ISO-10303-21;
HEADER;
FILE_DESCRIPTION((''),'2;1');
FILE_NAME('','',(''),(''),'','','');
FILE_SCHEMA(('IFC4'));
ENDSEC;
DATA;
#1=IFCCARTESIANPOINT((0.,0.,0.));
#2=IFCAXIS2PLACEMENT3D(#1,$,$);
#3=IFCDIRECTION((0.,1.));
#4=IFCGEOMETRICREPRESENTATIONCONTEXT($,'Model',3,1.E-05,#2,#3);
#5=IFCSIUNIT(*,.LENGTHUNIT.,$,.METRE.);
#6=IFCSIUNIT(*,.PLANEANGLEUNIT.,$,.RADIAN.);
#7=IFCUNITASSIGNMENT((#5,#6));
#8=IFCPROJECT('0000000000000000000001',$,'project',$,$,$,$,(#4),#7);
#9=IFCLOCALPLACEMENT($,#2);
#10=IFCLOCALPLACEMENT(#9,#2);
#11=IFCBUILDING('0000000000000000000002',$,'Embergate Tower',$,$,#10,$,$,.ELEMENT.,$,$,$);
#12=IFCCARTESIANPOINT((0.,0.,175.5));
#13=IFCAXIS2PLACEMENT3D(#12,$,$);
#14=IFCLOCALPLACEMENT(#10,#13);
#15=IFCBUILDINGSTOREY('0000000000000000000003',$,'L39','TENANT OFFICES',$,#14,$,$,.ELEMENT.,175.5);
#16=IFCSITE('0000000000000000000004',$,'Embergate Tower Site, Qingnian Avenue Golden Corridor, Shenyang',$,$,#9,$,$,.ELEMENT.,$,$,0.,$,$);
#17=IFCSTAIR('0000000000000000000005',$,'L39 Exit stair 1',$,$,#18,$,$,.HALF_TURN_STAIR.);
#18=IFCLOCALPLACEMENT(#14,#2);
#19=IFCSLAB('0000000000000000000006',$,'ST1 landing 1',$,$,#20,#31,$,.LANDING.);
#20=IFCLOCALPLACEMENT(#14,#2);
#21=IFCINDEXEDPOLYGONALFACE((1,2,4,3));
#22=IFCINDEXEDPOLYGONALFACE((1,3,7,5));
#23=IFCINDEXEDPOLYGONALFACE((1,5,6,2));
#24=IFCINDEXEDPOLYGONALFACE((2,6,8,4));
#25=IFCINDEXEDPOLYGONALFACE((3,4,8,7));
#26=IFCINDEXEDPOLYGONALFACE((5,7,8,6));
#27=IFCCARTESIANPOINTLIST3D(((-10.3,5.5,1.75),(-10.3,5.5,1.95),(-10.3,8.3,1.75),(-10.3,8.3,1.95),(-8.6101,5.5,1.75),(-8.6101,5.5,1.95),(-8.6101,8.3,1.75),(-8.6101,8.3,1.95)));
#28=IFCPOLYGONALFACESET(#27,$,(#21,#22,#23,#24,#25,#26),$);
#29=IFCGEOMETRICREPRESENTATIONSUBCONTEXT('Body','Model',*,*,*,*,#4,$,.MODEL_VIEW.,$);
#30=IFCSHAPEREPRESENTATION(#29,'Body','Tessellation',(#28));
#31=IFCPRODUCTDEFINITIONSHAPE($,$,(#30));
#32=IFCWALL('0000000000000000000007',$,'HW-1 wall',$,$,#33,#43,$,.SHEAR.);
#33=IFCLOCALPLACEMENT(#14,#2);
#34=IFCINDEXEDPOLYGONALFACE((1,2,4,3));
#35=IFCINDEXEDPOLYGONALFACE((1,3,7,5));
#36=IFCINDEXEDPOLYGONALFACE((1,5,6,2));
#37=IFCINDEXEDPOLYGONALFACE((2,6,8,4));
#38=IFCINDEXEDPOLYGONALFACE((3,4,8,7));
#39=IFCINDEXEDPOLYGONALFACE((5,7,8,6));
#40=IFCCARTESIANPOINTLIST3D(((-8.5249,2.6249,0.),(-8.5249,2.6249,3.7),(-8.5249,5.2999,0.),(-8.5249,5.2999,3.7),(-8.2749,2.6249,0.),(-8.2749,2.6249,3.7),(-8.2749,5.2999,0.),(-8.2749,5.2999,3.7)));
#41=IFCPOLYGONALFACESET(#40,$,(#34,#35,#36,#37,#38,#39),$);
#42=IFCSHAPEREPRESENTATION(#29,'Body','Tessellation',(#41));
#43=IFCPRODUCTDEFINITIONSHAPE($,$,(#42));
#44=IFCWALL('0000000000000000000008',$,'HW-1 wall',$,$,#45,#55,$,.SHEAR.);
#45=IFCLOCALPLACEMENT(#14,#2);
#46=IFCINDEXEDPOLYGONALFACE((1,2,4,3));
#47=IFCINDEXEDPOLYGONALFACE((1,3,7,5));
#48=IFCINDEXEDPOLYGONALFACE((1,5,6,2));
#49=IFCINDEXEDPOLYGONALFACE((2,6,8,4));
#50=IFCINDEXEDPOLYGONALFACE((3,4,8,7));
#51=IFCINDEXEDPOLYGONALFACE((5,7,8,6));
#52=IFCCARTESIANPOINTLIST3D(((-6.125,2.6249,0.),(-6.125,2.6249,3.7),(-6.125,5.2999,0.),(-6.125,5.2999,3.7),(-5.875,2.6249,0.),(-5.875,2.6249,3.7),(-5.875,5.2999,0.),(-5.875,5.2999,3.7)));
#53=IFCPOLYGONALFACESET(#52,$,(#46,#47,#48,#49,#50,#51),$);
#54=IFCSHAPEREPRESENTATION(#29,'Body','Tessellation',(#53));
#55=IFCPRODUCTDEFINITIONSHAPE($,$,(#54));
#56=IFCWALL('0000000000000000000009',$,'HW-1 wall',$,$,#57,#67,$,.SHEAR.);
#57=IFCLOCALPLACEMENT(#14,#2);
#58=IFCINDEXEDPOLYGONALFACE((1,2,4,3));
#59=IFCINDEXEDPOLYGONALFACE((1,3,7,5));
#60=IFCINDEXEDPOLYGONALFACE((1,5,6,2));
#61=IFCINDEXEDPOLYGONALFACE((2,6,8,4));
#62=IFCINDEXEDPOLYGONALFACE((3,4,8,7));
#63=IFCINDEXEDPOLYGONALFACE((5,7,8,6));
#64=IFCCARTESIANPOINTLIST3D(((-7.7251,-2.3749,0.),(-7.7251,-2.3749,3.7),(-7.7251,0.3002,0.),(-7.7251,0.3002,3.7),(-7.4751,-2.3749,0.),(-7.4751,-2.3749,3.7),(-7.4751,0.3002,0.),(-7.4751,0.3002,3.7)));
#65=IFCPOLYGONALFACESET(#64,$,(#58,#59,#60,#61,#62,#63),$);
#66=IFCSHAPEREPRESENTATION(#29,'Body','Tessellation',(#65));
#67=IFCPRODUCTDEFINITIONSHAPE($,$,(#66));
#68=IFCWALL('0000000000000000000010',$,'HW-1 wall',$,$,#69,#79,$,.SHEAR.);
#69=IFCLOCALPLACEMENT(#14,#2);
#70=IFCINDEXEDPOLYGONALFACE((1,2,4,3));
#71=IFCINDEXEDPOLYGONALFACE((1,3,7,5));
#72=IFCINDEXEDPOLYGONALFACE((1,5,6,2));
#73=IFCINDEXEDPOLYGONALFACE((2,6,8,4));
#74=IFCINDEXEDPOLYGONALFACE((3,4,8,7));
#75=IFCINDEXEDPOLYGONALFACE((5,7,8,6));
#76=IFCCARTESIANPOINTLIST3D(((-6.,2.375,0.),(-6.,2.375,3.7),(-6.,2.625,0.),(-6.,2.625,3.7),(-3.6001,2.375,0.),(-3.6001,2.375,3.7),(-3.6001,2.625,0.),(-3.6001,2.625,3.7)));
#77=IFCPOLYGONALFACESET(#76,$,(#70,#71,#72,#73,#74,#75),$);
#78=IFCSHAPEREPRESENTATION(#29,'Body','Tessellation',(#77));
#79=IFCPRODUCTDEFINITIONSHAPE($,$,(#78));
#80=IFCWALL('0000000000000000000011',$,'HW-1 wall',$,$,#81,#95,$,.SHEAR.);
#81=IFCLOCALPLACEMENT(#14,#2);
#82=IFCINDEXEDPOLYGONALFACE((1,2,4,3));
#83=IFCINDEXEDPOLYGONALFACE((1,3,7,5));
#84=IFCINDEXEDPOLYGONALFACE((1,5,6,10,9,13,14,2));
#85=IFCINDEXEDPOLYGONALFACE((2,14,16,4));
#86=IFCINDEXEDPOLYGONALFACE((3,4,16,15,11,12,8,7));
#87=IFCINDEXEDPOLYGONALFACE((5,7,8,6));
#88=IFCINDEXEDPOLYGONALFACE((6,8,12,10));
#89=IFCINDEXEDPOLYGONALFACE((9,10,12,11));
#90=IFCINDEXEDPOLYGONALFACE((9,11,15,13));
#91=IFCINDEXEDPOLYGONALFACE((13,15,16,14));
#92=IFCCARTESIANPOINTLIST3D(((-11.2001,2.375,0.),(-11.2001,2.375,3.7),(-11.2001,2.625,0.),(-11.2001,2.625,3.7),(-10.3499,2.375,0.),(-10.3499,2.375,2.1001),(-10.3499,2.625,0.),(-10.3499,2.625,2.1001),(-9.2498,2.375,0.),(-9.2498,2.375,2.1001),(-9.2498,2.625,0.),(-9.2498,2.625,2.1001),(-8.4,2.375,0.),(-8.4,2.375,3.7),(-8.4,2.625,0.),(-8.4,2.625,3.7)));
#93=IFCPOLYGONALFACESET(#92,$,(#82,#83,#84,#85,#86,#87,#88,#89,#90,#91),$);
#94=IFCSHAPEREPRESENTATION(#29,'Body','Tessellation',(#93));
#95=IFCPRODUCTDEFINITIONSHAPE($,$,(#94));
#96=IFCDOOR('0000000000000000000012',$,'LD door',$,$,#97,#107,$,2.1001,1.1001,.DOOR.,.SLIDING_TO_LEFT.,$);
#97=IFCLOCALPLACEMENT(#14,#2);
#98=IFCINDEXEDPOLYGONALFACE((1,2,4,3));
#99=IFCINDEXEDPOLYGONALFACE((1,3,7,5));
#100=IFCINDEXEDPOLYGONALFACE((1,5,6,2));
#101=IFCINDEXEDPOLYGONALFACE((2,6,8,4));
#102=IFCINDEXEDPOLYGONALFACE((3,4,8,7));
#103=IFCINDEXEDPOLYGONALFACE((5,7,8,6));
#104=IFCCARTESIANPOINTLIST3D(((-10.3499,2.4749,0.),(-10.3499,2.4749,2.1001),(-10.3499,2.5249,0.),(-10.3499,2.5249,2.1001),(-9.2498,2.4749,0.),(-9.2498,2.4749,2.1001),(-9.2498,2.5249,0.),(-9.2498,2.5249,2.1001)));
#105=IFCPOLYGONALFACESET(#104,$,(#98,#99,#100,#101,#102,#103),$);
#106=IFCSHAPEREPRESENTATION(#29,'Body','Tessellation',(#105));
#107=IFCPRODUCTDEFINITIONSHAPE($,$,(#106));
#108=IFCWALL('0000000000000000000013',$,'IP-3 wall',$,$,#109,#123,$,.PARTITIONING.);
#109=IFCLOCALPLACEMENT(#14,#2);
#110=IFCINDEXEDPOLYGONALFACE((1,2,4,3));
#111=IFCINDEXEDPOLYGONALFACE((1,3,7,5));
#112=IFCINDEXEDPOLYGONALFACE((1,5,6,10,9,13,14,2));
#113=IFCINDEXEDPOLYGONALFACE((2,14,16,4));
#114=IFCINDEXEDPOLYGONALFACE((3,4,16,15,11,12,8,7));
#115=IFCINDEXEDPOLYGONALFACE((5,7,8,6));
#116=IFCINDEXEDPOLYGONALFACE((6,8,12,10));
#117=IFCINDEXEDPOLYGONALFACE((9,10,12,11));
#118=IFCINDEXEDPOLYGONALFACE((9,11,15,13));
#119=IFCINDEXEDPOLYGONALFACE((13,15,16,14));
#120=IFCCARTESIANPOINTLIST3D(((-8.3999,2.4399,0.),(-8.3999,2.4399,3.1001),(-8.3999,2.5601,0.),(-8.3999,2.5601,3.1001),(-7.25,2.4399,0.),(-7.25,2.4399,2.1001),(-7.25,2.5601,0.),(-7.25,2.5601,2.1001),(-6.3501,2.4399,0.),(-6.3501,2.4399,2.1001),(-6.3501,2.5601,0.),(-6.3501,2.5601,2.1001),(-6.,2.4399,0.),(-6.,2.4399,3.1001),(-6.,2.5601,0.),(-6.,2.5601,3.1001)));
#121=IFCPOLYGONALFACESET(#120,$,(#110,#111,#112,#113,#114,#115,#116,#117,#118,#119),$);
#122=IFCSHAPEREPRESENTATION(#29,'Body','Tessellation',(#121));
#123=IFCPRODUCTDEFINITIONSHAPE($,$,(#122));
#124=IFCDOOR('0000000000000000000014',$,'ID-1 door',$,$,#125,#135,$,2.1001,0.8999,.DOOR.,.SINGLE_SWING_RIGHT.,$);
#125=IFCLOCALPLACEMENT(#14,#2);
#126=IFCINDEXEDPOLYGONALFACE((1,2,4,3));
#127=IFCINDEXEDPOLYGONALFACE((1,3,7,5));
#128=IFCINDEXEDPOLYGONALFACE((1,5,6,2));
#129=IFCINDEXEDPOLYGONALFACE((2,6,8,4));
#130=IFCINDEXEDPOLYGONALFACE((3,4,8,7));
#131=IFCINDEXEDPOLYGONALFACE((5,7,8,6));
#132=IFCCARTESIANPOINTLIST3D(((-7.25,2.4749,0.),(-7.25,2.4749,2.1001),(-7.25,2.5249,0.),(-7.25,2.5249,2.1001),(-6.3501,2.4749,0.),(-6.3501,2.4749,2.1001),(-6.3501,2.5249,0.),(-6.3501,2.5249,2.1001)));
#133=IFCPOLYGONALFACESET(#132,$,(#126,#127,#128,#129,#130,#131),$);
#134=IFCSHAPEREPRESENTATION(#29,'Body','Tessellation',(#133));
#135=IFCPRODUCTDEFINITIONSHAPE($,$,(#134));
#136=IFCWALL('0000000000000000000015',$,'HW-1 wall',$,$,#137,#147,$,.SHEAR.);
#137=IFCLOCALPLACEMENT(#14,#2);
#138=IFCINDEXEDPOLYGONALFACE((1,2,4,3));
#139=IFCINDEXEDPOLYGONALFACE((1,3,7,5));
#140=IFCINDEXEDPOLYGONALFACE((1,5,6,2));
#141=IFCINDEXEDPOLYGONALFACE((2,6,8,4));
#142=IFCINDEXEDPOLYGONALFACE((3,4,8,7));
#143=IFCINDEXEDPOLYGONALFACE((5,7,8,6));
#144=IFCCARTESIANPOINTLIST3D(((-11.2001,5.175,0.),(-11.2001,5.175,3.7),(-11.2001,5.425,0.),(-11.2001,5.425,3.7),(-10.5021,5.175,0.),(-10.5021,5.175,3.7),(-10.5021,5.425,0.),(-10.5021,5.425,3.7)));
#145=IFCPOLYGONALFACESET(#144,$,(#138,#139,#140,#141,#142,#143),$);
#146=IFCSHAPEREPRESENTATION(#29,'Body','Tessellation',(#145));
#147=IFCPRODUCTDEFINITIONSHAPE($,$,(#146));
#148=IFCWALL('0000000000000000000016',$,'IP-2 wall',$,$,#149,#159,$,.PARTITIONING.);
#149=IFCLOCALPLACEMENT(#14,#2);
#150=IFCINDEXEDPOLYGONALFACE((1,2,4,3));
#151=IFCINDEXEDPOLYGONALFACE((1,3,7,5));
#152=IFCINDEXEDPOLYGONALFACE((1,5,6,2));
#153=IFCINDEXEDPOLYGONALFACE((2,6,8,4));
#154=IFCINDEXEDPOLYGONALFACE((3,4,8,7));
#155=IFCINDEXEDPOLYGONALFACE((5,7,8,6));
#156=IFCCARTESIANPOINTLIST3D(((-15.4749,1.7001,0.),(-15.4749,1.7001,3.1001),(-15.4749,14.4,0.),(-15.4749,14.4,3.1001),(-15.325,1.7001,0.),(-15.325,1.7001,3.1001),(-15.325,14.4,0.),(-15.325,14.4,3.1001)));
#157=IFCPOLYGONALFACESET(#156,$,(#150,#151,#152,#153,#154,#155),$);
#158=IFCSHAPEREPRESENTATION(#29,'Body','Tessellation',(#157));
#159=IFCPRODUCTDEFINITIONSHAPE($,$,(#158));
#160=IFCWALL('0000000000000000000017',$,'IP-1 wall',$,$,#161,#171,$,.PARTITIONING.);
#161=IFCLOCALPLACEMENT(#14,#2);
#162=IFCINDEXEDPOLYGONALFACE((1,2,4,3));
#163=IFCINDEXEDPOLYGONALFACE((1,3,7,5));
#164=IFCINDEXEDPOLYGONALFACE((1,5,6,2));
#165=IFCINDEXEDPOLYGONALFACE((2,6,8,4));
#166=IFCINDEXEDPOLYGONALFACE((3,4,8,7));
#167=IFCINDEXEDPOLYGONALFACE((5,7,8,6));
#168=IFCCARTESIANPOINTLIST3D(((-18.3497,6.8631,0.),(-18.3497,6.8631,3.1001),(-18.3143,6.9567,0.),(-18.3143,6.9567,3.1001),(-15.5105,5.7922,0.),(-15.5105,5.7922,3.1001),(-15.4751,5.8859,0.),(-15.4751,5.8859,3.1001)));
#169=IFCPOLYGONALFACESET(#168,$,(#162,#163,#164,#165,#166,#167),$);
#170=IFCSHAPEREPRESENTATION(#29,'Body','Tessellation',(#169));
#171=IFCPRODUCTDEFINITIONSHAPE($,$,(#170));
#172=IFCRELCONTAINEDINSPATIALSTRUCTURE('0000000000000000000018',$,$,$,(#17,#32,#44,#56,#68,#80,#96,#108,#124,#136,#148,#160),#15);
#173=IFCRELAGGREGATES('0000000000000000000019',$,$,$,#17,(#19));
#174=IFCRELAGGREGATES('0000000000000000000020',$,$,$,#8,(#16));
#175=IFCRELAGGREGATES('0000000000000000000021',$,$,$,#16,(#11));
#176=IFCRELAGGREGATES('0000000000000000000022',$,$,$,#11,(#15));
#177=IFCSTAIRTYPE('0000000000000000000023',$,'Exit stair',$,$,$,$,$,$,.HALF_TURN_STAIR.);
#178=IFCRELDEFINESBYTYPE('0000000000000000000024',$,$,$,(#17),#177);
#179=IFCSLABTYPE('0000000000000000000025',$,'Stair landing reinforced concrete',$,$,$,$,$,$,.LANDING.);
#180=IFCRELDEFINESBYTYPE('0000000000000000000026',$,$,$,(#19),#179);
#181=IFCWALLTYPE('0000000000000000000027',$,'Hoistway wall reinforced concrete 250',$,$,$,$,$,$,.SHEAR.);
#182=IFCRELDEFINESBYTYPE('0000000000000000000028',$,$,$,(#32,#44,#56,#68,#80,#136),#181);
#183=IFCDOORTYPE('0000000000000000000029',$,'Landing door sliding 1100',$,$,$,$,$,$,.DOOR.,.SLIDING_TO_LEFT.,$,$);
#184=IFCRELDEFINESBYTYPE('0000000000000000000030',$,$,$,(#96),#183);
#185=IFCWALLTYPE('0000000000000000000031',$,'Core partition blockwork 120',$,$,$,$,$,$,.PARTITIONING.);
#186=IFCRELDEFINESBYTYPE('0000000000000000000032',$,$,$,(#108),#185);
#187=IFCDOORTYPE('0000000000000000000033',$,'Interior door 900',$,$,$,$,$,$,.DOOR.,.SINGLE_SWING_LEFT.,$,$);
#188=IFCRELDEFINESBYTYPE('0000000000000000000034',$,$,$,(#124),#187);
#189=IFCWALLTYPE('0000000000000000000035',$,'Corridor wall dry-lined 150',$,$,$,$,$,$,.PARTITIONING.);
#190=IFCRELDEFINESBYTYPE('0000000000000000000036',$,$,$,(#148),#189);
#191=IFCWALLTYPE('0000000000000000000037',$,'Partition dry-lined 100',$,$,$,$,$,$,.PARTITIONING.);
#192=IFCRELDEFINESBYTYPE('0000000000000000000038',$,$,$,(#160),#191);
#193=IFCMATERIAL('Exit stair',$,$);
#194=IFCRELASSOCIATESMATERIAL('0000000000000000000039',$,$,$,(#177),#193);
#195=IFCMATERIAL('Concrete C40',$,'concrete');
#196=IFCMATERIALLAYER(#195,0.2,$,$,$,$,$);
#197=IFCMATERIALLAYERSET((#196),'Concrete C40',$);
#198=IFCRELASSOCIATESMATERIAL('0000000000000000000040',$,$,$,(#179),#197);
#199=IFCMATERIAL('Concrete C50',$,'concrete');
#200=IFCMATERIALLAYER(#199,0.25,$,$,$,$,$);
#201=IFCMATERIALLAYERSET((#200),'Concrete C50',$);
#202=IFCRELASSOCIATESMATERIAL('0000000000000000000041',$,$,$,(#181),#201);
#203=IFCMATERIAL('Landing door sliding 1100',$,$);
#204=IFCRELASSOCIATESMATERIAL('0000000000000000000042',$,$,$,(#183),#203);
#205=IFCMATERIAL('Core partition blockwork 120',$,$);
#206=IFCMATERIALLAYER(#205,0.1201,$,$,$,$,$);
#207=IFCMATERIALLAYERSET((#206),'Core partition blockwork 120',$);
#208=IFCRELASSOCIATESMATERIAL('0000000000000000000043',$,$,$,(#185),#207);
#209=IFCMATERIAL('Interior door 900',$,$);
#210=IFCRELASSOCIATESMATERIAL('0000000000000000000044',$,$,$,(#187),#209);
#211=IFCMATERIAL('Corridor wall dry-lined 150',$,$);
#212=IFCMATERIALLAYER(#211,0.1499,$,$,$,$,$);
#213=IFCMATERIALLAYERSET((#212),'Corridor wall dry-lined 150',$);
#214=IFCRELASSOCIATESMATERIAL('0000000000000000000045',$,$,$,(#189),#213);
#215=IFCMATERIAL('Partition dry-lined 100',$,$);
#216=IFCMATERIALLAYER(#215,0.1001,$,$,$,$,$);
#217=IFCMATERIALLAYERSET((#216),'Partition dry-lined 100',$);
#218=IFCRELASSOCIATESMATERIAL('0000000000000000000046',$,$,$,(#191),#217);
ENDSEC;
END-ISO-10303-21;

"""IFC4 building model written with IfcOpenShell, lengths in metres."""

from ifc_helpers import new_model, si_unit, direction, frame, frame_2d, origin, place, context, subcontext, project, spatial, polyline, rectangle, outline, extrude, source, transform, mapped, material, layer, layer_set, type_object, element, fill, aggregate, save


model = new_model("IFC4")

# Units and contexts
model_context = context("Model", 3, precision=1e-05, world=origin(), true_north=direction((0.0, 1.0)))
body_context = subcontext(model_context, "Body", "Model", "MODEL_VIEW")
ifc_project = project(units=[si_unit("LENGTHUNIT", "METRE"), si_unit("PLANEANGLEUNIT", "RADIAN")], contexts=[model_context])

# Site, building, storey
site_placement = place(None, origin())
site = spatial("IfcSite", under=ifc_project, at=site_placement, Name="Embergate Tower Site, Qingnian Avenue Golden Corridor, Shenyang", CompositionType="ELEMENT", RefElevation=0.0)
building_placement = place(site_placement, origin())
building = spatial("IfcBuilding", under=site, at=building_placement, Name="Embergate Tower", CompositionType="ELEMENT")
storey_placement = place(building_placement, frame((0.0, 0.0, 175.5)))
storey = spatial("IfcBuildingStorey", under=building, at=storey_placement, Name="L39", Description="TENANT OFFICES", CompositionType="ELEMENT", Elevation=175.5)

# Stair, slab
ifc_material_1 = material(Name="Exit stair")
stair_type = type_object("IfcStairType", Name="Exit stair", PredefinedType="HALF_TURN_STAIR", material=ifc_material_1)
stair_placement = place(storey_placement, origin())
stair = element("IfcStair", 1, at=stair_placement, inside=storey, type_object=stair_type, Name="L39 Exit stair 1", PredefinedType="HALF_TURN_STAIR")
ifc_material_2 = material(Name="Concrete C40", Category="concrete")
ifc_layer_1 = layer(ifc_material_2, 0.2)
ifc_layer_set_1 = layer_set([ifc_layer_1], Name="Concrete C40")
slab_type = type_object("IfcSlabType", Name="Stair landing reinforced concrete", PredefinedType="LANDING", material=ifc_layer_set_1)
shared_shape_1 = source(origin(), body_context, "Body", "SweptSolid", [
    extrude(outline(polyline([(0.0, 0.0), (1.6899, 0.0), (1.6899, 2.8), (0.0, 2.8), (0.0, 0.0)])), origin(), (0.0, 0.0, 1.0), 0.2),
])
slab_placement = place(storey_placement, frame((-10.3, 5.5, 1.75)))
slab = element("IfcSlab", 2, at=slab_placement, type_object=slab_type, Name="ST1 landing 1", PredefinedType="LANDING", context=body_context, shape_type="MappedRepresentation", body=[
    mapped(shared_shape_1, transform((0.0, 0.0, 0.0))),
])

# Walls
ifc_material_3 = material(Name="Concrete C50", Category="concrete")
ifc_layer_2 = layer(ifc_material_3, 0.25)
ifc_layer_set_2 = layer_set([ifc_layer_2], Name="Concrete C50")
wall_type_1 = type_object("IfcWallType", Name="Hoistway wall reinforced concrete 250", PredefinedType="SHEAR", material=ifc_layer_set_2)
shared_shape_2 = source(origin(), body_context, "Body", "SweptSolid", [
    extrude(rectangle(XDim=2.675, YDim=0.25, at=frame_2d((1.3374, 0.0))), origin(), (0.0, 0.0, 1.0), 3.7),
])
for number, where, z_axis, x_axis, name in (
    (3, (-8.3999, 2.625, 0.0), (0.0, 0.0, 1.0), (0.0, 1.0, 0.0), "HW-1 wall"),
    (4, (-6.0, 2.625, 0.0), (0.0, 0.0, 1.0), (0.0, 1.0, 0.0), "HW-1 wall"),
    (5, (-7.6001, 0.3, 0.0), (0.0, 0.0, 1.0), (0.0, -1.0, 0.0), "HW-1 wall"),
):
    element("IfcWall", number, at=place(storey_placement, frame(where, z_axis=z_axis, x_axis=x_axis)), inside=storey, type_object=wall_type_1, Name=name, PredefinedType="SHEAR", context=body_context, shape_type="MappedRepresentation", body=[
        mapped(shared_shape_2, transform((0.0, 0.0, 0.0))),
    ])
shared_shape_3 = source(origin(), body_context, "Body", "SweptSolid", [
    extrude(rectangle(XDim=2.3999, YDim=0.25, at=frame_2d((1.2, 0.0))), origin(), (0.0, 0.0, 1.0), 3.7),
])
wall_1_placement = place(storey_placement, frame((-6.0, 2.5, 0.0), z_axis=(0.0, 0.0, 1.0), x_axis=(1.0, 0.0, 0.0)))
element("IfcWall", 6, at=wall_1_placement, inside=storey, type_object=wall_type_1, Name="HW-1 wall", PredefinedType="SHEAR", context=body_context, shape_type="MappedRepresentation", body=[
    mapped(shared_shape_3, transform((0.0, 0.0, 0.0))),
])

# Walls, openings, doors
shared_shape_4 = source(origin(), body_context, "Body", "SweptSolid", [
    extrude(rectangle(XDim=2.8, YDim=0.25, at=frame_2d((1.3999, 0.0))), origin(), (0.0, 0.0, 1.0), 3.7),
])
wall_2_placement = place(storey_placement, frame((-11.2, 2.5, 0.0), z_axis=(0.0, 0.0, 1.0), x_axis=(1.0, 0.0, 0.0)))
wall_2 = element("IfcWall", 7, at=wall_2_placement, inside=storey, type_object=wall_type_1, Name="HW-1 wall", PredefinedType="SHEAR", context=body_context, shape_type="MappedRepresentation", body=[
    mapped(shared_shape_4, transform((0.0, 0.0, 0.0))),
])
shared_shape_5 = source(origin(), body_context, "Body", "SweptSolid", [
    extrude(rectangle(XDim=1.1001, YDim=2.1001, at=frame_2d((0.55, 1.05))), frame((0.0, 0.135, 0.0), z_axis=(0.0, -1.0, 0.0), x_axis=(1.0, 0.0, 0.0)), (0.0, 0.0, 1.0), 0.27),
])
opening_1_placement = place(wall_2_placement, frame((0.8501, 0.0, 0.0)))
opening_1 = element("IfcOpeningElement", 8, at=opening_1_placement, cuts=wall_2, PredefinedType="OPENING", context=body_context, shape_type="MappedRepresentation", body=[
    mapped(shared_shape_5, transform((0.0, 0.0, 0.0))),
])
ifc_material_4 = material(Name="Landing door sliding 1100")
door_type_1 = type_object("IfcDoorType", Name="Landing door sliding 1100", OperationType="SLIDING_TO_LEFT", PredefinedType="DOOR", material=ifc_material_4)
shared_shape_6 = source(origin(), body_context, "Body", "SweptSolid", [
    extrude(rectangle(XDim=1.1001, YDim=2.1001, at=frame_2d((0.55, 1.05))), frame((0.0, 0.0249, 0.0), z_axis=(0.0, -1.0, 0.0), x_axis=(1.0, 0.0, 0.0)), (0.0, 0.0, 1.0), 0.05),
])
door_1_placement = place(opening_1_placement, origin())
door_1 = element("IfcDoor", 9, at=door_1_placement, inside=storey, type_object=door_type_1, Name="LD door", OperationType="SLIDING_TO_LEFT", OverallHeight=2.1001, OverallWidth=1.1001, PredefinedType="DOOR", context=body_context, shape_type="MappedRepresentation", body=[
    mapped(shared_shape_6, transform((0.0, 0.0, 0.0))),
])
fill(opening_1, door_1)
ifc_material_5 = material(Name="Core partition blockwork 120")
ifc_layer_3 = layer(ifc_material_5, 0.1201)
ifc_layer_set_3 = layer_set([ifc_layer_3], Name="Core partition blockwork 120")
wall_type_2 = type_object("IfcWallType", Name="Core partition blockwork 120", PredefinedType="PARTITIONING", material=ifc_layer_set_3)
shared_shape_7 = source(origin(), body_context, "Body", "SweptSolid", [
    extrude(rectangle(XDim=2.3999, YDim=0.1201, at=frame_2d((1.2, 0.0))), origin(), (0.0, 0.0, 1.0), 3.1001),
])
wall_3_placement = place(storey_placement, frame((-8.3999, 2.5, 0.0), z_axis=(0.0, 0.0, 1.0), x_axis=(1.0, 0.0, 0.0)))
wall_3 = element("IfcWall", 10, at=wall_3_placement, inside=storey, type_object=wall_type_2, Name="IP-3 wall", PredefinedType="PARTITIONING", context=body_context, shape_type="MappedRepresentation", body=[
    mapped(shared_shape_7, transform((0.0, 0.0, 0.0))),
])
shared_shape_8 = source(origin(), body_context, "Body", "SweptSolid", [
    extrude(rectangle(XDim=0.8999, YDim=2.1001, at=frame_2d((0.45, 1.05))), frame((0.0, 0.0701, 0.0), z_axis=(0.0, -1.0, 0.0), x_axis=(1.0, 0.0, 0.0)), (0.0, 0.0, 1.0), 0.1401),
])
opening_2_placement = place(wall_3_placement, frame((1.1499, 0.0, 0.0)))
opening_2 = element("IfcOpeningElement", 11, at=opening_2_placement, cuts=wall_3, PredefinedType="OPENING", context=body_context, shape_type="MappedRepresentation", body=[
    mapped(shared_shape_8, transform((0.0, 0.0, 0.0))),
])
ifc_material_6 = material(Name="Interior door 900")
door_type_2 = type_object("IfcDoorType", Name="Interior door 900", OperationType="SINGLE_SWING_LEFT", PredefinedType="DOOR", material=ifc_material_6)
shared_shape_9 = source(origin(), body_context, "Body", "SweptSolid", [
    extrude(rectangle(XDim=0.8999, YDim=2.1001, at=frame_2d((0.45, 1.05))), frame((0.0, 0.0249, 0.0), z_axis=(0.0, -1.0, 0.0), x_axis=(1.0, 0.0, 0.0)), (0.0, 0.0, 1.0), 0.05),
])
door_2_placement = place(opening_2_placement, origin())
door_2 = element("IfcDoor", 12, at=door_2_placement, inside=storey, type_object=door_type_2, Name="ID-1 door", OperationType="SINGLE_SWING_RIGHT", OverallHeight=2.1001, OverallWidth=0.8999, PredefinedType="DOOR", context=body_context, shape_type="MappedRepresentation", body=[
    mapped(shared_shape_9, transform((0.0, 0.0, 0.0))),
])
fill(opening_2, door_2)

# Walls
shared_shape_10 = source(origin(), body_context, "Body", "SweptSolid", [
    extrude(rectangle(XDim=0.698, YDim=0.25, at=frame_2d((0.3491, 0.0))), origin(), (0.0, 0.0, 1.0), 3.7),
])
wall_4_placement = place(storey_placement, frame((-10.502, 5.3, 0.0), z_axis=(0.0, 0.0, 1.0), x_axis=(-1.0, 0.0, 0.0)))
element("IfcWall", 13, at=wall_4_placement, inside=storey, type_object=wall_type_1, Name="HW-1 wall", PredefinedType="SHEAR", context=body_context, shape_type="MappedRepresentation", body=[
    mapped(shared_shape_10, transform((0.0, 0.0, 0.0))),
])
ifc_material_7 = material(Name="Corridor wall dry-lined 150")
ifc_layer_4 = layer(ifc_material_7, 0.1499)
ifc_layer_set_4 = layer_set([ifc_layer_4], Name="Corridor wall dry-lined 150")
wall_type_3 = type_object("IfcWallType", Name="Corridor wall dry-lined 150", PredefinedType="PARTITIONING", material=ifc_layer_set_4)
shared_shape_11 = source(origin(), body_context, "Body", "SweptSolid", [
    extrude(rectangle(XDim=12.7, YDim=0.1499, at=frame_2d((6.3501, 0.0))), origin(), (0.0, 0.0, 1.0), 3.1001),
])
wall_5_placement = place(storey_placement, frame((-15.3999, 1.7, 0.0), z_axis=(0.0, 0.0, 1.0), x_axis=(0.0, 1.0, 0.0)))
element("IfcWall", 14, at=wall_5_placement, inside=storey, type_object=wall_type_3, Name="IP-2 wall", PredefinedType="PARTITIONING", context=body_context, shape_type="MappedRepresentation", body=[
    mapped(shared_shape_11, transform((0.0, 0.0, 0.0))),
])
ifc_material_8 = material(Name="Partition dry-lined 100")
ifc_layer_5 = layer(ifc_material_8, 0.1001)
ifc_layer_set_5 = layer_set([ifc_layer_5], Name="Partition dry-lined 100")
wall_type_4 = type_object("IfcWallType", Name="Partition dry-lined 100", PredefinedType="PARTITIONING", material=ifc_layer_set_5)
shared_shape_12 = source(origin(), body_context, "Body", "SweptSolid", [
    extrude(rectangle(XDim=3.0344, YDim=0.1001, at=frame_2d((1.5171, 0.0))), origin(), (0.0, 0.0, 1.0), 3.1001),
])
wall_6_placement = place(storey_placement, frame((-15.4929, 5.8391, 0.0), z_axis=(0.0, 0.0, 1.0), x_axis=(-0.935663, 0.352895, 0.0)))
element("IfcWall", 15, at=wall_6_placement, inside=storey, type_object=wall_type_4, Name="IP-1 wall", PredefinedType="PARTITIONING", context=body_context, shape_type="MappedRepresentation", body=[
    mapped(shared_shape_12, transform((0.0, 0.0, 0.0))),
])

aggregate(stair, [slab])

save(model, "model.ifc")
